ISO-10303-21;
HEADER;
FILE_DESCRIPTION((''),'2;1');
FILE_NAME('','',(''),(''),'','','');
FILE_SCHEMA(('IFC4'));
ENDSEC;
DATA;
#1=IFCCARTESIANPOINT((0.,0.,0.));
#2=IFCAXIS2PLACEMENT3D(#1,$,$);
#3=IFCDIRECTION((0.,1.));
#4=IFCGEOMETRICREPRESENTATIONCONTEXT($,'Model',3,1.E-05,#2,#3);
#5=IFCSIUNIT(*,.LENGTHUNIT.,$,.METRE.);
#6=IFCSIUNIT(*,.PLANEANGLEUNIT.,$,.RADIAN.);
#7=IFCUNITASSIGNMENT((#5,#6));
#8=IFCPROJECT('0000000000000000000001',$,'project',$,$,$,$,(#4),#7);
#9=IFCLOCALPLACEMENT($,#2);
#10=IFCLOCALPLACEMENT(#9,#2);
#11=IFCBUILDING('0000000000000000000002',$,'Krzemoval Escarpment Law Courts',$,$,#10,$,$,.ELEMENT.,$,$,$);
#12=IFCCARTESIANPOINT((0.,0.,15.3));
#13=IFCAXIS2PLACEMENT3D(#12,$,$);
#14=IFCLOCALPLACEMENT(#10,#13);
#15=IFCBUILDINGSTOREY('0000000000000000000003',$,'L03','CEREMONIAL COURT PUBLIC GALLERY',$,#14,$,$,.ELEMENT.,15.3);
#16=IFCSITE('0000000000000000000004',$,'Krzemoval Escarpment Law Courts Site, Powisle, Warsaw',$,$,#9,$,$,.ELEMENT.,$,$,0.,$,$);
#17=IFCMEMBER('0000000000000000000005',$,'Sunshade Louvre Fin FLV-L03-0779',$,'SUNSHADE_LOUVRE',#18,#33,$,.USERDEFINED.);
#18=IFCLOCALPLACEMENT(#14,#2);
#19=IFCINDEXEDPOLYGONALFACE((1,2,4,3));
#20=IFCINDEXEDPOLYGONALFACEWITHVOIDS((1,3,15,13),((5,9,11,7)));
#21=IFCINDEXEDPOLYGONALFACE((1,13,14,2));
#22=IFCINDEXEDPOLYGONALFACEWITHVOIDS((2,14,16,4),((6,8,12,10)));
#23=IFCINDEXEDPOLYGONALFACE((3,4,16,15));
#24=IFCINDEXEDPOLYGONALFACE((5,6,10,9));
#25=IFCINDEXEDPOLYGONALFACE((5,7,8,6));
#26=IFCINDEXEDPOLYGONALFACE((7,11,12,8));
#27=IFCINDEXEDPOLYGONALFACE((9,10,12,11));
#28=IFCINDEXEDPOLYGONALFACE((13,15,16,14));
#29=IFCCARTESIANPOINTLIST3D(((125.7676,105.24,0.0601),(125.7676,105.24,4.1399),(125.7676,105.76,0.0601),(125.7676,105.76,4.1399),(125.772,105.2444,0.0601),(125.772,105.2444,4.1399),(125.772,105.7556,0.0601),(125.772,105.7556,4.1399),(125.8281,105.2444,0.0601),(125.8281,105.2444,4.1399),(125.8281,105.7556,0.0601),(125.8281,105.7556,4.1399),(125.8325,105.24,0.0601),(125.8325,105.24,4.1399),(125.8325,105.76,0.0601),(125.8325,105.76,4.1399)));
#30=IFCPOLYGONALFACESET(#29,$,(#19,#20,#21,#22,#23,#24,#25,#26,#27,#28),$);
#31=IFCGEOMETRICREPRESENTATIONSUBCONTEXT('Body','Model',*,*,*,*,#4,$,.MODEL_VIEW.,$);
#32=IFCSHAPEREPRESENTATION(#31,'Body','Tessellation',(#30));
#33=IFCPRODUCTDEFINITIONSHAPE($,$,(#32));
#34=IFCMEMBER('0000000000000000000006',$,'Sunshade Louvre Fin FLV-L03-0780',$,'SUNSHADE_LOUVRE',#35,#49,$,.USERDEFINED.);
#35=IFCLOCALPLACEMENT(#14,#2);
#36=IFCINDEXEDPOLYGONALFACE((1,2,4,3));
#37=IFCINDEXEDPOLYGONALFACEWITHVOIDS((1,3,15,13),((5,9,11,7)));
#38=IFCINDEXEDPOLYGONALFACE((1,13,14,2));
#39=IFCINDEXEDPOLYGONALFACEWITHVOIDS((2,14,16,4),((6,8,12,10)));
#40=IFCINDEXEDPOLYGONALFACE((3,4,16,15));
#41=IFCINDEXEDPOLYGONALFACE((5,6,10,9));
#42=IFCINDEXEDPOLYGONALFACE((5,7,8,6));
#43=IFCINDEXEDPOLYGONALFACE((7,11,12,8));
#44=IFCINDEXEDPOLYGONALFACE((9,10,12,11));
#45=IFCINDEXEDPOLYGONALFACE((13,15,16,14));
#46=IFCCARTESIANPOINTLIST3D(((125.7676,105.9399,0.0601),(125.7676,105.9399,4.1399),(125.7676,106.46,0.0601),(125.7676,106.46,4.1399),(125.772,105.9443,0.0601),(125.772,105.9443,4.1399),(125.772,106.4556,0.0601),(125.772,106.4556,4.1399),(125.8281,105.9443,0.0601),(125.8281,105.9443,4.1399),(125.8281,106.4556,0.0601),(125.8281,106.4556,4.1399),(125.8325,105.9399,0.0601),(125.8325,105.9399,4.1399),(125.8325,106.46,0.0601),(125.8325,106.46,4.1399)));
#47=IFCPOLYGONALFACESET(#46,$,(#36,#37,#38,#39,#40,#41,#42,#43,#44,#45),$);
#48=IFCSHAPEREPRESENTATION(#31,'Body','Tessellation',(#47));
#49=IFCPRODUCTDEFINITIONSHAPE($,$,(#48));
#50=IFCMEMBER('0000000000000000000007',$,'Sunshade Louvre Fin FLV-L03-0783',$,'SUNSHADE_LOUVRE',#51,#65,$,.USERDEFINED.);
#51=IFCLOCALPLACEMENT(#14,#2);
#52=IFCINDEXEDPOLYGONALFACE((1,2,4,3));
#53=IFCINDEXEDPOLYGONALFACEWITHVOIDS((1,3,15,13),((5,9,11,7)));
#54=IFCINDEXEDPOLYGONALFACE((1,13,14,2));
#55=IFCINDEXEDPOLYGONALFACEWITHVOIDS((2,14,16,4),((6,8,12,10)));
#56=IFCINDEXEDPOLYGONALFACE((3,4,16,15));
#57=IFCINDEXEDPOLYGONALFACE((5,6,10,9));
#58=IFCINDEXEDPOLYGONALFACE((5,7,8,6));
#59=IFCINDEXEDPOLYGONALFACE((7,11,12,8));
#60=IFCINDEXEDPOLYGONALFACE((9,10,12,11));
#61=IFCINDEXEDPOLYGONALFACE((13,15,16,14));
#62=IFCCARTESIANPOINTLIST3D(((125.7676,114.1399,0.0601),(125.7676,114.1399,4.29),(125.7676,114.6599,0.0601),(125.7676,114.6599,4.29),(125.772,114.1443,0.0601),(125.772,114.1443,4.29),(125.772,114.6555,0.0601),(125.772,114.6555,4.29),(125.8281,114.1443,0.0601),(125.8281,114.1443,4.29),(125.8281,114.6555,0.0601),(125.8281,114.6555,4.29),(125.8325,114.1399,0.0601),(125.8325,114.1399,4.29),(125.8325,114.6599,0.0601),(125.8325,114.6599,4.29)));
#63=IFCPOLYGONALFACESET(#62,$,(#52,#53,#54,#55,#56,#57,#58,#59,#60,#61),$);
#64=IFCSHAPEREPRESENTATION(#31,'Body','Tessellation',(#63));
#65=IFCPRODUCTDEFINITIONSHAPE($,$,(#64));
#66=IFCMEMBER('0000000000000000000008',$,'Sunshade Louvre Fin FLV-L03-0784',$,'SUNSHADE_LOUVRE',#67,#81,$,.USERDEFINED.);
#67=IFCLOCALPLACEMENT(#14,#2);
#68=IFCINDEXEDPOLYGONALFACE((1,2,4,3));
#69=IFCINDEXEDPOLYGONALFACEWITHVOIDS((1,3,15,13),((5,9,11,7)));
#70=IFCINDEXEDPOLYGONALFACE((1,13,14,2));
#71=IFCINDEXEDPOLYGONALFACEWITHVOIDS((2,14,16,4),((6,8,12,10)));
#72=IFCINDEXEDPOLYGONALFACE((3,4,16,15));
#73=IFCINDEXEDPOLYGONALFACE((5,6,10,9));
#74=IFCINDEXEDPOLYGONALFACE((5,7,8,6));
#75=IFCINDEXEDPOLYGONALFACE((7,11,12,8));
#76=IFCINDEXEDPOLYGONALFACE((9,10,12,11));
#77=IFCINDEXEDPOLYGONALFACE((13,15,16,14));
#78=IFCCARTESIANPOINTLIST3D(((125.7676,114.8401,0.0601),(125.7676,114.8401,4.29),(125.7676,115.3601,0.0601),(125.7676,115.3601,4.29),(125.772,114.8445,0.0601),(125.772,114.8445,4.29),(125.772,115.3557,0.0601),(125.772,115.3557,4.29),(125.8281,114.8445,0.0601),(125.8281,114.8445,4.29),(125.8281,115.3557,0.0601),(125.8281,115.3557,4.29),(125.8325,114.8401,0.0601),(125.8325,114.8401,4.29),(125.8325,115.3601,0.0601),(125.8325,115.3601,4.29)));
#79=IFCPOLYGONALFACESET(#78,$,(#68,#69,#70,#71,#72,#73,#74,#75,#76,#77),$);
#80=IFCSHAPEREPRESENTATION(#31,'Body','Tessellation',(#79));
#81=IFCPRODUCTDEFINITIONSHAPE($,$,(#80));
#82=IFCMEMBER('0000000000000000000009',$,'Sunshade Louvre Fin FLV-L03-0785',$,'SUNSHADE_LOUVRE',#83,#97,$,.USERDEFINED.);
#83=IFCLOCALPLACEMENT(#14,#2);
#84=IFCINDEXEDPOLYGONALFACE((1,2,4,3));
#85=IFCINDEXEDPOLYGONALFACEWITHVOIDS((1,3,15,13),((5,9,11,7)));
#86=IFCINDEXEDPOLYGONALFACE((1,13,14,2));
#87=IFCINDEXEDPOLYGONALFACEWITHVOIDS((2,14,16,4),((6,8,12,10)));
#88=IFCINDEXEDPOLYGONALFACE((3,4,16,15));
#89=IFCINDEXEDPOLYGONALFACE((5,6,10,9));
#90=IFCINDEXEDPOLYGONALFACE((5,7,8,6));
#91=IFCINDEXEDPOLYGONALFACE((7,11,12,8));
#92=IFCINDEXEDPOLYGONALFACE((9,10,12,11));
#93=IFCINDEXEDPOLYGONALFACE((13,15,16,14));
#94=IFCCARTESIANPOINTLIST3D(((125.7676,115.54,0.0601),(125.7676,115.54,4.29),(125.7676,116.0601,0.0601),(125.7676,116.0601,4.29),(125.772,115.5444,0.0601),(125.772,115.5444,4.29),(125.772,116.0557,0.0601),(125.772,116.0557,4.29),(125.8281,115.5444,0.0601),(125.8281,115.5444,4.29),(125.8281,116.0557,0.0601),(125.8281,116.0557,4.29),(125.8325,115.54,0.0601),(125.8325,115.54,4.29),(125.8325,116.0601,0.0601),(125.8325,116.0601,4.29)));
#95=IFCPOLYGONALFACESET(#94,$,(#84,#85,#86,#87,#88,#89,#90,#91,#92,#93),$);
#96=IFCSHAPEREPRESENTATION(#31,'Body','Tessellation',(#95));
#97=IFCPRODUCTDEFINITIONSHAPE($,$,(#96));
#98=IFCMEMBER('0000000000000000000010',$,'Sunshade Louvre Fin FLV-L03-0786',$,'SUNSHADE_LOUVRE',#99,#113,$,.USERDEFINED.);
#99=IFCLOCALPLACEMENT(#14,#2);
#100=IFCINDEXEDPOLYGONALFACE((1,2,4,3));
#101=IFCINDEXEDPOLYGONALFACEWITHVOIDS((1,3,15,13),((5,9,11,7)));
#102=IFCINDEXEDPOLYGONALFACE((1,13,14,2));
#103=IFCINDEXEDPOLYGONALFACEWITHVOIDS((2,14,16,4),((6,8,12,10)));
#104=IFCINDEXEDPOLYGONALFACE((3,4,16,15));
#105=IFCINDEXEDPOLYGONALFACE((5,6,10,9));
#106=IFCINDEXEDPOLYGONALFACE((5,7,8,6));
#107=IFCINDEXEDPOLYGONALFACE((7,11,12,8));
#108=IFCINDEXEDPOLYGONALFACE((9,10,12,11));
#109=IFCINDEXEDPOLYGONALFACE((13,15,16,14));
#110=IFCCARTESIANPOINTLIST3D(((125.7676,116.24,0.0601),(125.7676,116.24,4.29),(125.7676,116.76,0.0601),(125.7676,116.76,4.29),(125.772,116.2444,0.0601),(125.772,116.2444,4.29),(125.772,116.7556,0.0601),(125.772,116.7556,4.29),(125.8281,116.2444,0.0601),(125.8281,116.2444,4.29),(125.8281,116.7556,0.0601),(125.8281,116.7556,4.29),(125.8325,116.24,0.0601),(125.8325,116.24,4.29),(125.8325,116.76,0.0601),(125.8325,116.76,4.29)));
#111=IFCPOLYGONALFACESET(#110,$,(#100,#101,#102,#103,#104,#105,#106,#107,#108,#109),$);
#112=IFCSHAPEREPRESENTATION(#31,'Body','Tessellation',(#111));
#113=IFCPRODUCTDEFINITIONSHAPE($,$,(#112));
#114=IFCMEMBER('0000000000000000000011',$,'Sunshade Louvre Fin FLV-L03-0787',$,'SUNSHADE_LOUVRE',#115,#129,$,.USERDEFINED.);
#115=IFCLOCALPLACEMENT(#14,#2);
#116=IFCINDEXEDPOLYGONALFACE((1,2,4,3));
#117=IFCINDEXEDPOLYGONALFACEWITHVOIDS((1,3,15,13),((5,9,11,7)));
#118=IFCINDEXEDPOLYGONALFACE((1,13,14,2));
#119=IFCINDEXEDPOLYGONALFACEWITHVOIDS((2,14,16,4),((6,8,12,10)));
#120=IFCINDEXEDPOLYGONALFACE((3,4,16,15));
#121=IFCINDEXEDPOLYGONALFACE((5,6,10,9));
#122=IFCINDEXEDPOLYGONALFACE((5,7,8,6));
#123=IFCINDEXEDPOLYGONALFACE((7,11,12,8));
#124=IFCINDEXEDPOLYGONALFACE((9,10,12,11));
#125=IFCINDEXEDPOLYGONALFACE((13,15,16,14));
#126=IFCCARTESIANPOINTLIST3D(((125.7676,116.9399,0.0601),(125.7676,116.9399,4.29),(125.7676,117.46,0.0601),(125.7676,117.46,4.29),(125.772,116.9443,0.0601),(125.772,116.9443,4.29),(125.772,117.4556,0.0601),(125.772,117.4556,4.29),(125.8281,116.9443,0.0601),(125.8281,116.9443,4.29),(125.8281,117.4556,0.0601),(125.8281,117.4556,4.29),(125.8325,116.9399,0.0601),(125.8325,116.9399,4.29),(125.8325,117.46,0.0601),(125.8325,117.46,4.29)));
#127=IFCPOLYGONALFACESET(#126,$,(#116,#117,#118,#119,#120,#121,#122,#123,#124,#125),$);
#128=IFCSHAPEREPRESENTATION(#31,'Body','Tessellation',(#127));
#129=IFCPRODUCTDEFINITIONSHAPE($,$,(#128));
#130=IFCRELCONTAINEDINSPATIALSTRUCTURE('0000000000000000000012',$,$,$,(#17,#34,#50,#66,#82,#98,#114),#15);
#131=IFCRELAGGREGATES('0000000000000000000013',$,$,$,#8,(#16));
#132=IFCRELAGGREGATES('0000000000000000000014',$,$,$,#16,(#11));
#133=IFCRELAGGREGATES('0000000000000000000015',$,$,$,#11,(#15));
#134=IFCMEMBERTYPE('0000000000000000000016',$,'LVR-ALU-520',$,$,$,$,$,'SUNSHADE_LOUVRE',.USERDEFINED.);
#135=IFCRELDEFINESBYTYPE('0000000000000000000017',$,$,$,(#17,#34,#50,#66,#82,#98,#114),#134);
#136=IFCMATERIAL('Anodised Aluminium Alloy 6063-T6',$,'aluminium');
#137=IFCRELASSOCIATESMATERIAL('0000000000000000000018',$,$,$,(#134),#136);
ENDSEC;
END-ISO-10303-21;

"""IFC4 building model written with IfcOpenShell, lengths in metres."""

from ifc_helpers import new_model, si_unit, direction, frame, origin, origin_2d, place, context, subcontext, project, spatial, hollow_rectangle, extrude, material, material_profile, profile_set, type_object, element, save


model = new_model("IFC4")

# Units and contexts
model_context = context("Model", 3, precision=1e-05, world=origin(), true_north=direction((0.0, 1.0)))
body_context = subcontext(model_context, "Body", "Model", "MODEL_VIEW")
ifc_project = project(units=[si_unit("LENGTHUNIT", "METRE"), si_unit("PLANEANGLEUNIT", "RADIAN")], contexts=[model_context])

# Site, building, storey
site_placement = place(None, origin())
site = spatial("IfcSite", under=ifc_project, at=site_placement, Name="Krzemoval Escarpment Law Courts Site, Powisle, Warsaw", CompositionType="ELEMENT", RefElevation=0.0)
building_placement = place(site_placement, origin())
building = spatial("IfcBuilding", under=site, at=building_placement, Name="Krzemoval Escarpment Law Courts", CompositionType="ELEMENT")
storey_placement = place(building_placement, frame((0.0, 0.0, 15.3)))
storey = spatial("IfcBuildingStorey", under=building, at=storey_placement, Name="L03", Description="CEREMONIAL COURT PUBLIC GALLERY", CompositionType="ELEMENT", Elevation=15.3)

# Members
ifc_material_1 = material(Name="Anodised Aluminium Alloy 6063-T6", Category="aluminium")
ifc_material_profile_1 = material_profile(ifc_material_1, hollow_rectangle(XDim=0.0649, YDim=0.52, WallThickness=0.0044, at=origin_2d()), Name="ALU LVR 65x520")
ifc_profile_set_1 = profile_set([ifc_material_profile_1], Name="Anodised Aluminium Alloy 6063-T6")
member_type_1 = type_object("IfcMemberType", Name="LVR-ALU-520", ElementType="SUNSHADE_LOUVRE", PredefinedType="USERDEFINED", material=ifc_profile_set_1)
for number, where, z_axis, x_axis, name in (
    (1, (125.8, 105.5, 0.0601), (0.0, 0.0, 1.0), (1.0, 0.0, 0.0), "Sunshade Louvre Fin FLV-L03-0779"),
    (2, (125.8, 106.2, 0.0601), (0.0, 0.0, 1.0), (1.0, 0.0, 0.0), "Sunshade Louvre Fin FLV-L03-0780"),
):
    element("IfcMember", number, at=place(storey_placement, frame(where, z_axis=z_axis, x_axis=x_axis)), inside=storey, type_object=member_type_1, Name=name, ObjectType="SUNSHADE_LOUVRE", PredefinedType="USERDEFINED", context=body_context, shape_type="SweptSolid", body=[
        extrude(hollow_rectangle(XDim=0.0649, YDim=0.52, WallThickness=0.0044, at=origin_2d()), origin(), (0.0, 0.0, 1.0), 4.0798),
    ])
for number, where, z_axis, x_axis, name in (
    (3, (125.8, 114.3999, 0.0601), (0.0, 0.0, 1.0), (1.0, 0.0, 0.0), "Sunshade Louvre Fin FLV-L03-0783"),
    (4, (125.8, 115.1001, 0.0601), (0.0, 0.0, 1.0), (1.0, 0.0, 0.0), "Sunshade Louvre Fin FLV-L03-0784"),
    (5, (125.8, 115.8, 0.0601), (0.0, 0.0, 1.0), (1.0, 0.0, 0.0), "Sunshade Louvre Fin FLV-L03-0785"),
    (6, (125.8, 116.5, 0.0601), (0.0, 0.0, 1.0), (1.0, 0.0, 0.0), "Sunshade Louvre Fin FLV-L03-0786"),
    (7, (125.8, 117.2, 0.0601), (0.0, 0.0, 1.0), (1.0, 0.0, 0.0), "Sunshade Louvre Fin FLV-L03-0787"),
):
    element("IfcMember", number, at=place(storey_placement, frame(where, z_axis=z_axis, x_axis=x_axis)), inside=storey, type_object=member_type_1, Name=name, ObjectType="SUNSHADE_LOUVRE", PredefinedType="USERDEFINED", context=body_context, shape_type="SweptSolid", body=[
        extrude(hollow_rectangle(XDim=0.0649, YDim=0.52, WallThickness=0.0044, at=origin_2d()), origin(), (0.0, 0.0, 1.0), 4.23),
    ])

save(model, "model.ifc")
